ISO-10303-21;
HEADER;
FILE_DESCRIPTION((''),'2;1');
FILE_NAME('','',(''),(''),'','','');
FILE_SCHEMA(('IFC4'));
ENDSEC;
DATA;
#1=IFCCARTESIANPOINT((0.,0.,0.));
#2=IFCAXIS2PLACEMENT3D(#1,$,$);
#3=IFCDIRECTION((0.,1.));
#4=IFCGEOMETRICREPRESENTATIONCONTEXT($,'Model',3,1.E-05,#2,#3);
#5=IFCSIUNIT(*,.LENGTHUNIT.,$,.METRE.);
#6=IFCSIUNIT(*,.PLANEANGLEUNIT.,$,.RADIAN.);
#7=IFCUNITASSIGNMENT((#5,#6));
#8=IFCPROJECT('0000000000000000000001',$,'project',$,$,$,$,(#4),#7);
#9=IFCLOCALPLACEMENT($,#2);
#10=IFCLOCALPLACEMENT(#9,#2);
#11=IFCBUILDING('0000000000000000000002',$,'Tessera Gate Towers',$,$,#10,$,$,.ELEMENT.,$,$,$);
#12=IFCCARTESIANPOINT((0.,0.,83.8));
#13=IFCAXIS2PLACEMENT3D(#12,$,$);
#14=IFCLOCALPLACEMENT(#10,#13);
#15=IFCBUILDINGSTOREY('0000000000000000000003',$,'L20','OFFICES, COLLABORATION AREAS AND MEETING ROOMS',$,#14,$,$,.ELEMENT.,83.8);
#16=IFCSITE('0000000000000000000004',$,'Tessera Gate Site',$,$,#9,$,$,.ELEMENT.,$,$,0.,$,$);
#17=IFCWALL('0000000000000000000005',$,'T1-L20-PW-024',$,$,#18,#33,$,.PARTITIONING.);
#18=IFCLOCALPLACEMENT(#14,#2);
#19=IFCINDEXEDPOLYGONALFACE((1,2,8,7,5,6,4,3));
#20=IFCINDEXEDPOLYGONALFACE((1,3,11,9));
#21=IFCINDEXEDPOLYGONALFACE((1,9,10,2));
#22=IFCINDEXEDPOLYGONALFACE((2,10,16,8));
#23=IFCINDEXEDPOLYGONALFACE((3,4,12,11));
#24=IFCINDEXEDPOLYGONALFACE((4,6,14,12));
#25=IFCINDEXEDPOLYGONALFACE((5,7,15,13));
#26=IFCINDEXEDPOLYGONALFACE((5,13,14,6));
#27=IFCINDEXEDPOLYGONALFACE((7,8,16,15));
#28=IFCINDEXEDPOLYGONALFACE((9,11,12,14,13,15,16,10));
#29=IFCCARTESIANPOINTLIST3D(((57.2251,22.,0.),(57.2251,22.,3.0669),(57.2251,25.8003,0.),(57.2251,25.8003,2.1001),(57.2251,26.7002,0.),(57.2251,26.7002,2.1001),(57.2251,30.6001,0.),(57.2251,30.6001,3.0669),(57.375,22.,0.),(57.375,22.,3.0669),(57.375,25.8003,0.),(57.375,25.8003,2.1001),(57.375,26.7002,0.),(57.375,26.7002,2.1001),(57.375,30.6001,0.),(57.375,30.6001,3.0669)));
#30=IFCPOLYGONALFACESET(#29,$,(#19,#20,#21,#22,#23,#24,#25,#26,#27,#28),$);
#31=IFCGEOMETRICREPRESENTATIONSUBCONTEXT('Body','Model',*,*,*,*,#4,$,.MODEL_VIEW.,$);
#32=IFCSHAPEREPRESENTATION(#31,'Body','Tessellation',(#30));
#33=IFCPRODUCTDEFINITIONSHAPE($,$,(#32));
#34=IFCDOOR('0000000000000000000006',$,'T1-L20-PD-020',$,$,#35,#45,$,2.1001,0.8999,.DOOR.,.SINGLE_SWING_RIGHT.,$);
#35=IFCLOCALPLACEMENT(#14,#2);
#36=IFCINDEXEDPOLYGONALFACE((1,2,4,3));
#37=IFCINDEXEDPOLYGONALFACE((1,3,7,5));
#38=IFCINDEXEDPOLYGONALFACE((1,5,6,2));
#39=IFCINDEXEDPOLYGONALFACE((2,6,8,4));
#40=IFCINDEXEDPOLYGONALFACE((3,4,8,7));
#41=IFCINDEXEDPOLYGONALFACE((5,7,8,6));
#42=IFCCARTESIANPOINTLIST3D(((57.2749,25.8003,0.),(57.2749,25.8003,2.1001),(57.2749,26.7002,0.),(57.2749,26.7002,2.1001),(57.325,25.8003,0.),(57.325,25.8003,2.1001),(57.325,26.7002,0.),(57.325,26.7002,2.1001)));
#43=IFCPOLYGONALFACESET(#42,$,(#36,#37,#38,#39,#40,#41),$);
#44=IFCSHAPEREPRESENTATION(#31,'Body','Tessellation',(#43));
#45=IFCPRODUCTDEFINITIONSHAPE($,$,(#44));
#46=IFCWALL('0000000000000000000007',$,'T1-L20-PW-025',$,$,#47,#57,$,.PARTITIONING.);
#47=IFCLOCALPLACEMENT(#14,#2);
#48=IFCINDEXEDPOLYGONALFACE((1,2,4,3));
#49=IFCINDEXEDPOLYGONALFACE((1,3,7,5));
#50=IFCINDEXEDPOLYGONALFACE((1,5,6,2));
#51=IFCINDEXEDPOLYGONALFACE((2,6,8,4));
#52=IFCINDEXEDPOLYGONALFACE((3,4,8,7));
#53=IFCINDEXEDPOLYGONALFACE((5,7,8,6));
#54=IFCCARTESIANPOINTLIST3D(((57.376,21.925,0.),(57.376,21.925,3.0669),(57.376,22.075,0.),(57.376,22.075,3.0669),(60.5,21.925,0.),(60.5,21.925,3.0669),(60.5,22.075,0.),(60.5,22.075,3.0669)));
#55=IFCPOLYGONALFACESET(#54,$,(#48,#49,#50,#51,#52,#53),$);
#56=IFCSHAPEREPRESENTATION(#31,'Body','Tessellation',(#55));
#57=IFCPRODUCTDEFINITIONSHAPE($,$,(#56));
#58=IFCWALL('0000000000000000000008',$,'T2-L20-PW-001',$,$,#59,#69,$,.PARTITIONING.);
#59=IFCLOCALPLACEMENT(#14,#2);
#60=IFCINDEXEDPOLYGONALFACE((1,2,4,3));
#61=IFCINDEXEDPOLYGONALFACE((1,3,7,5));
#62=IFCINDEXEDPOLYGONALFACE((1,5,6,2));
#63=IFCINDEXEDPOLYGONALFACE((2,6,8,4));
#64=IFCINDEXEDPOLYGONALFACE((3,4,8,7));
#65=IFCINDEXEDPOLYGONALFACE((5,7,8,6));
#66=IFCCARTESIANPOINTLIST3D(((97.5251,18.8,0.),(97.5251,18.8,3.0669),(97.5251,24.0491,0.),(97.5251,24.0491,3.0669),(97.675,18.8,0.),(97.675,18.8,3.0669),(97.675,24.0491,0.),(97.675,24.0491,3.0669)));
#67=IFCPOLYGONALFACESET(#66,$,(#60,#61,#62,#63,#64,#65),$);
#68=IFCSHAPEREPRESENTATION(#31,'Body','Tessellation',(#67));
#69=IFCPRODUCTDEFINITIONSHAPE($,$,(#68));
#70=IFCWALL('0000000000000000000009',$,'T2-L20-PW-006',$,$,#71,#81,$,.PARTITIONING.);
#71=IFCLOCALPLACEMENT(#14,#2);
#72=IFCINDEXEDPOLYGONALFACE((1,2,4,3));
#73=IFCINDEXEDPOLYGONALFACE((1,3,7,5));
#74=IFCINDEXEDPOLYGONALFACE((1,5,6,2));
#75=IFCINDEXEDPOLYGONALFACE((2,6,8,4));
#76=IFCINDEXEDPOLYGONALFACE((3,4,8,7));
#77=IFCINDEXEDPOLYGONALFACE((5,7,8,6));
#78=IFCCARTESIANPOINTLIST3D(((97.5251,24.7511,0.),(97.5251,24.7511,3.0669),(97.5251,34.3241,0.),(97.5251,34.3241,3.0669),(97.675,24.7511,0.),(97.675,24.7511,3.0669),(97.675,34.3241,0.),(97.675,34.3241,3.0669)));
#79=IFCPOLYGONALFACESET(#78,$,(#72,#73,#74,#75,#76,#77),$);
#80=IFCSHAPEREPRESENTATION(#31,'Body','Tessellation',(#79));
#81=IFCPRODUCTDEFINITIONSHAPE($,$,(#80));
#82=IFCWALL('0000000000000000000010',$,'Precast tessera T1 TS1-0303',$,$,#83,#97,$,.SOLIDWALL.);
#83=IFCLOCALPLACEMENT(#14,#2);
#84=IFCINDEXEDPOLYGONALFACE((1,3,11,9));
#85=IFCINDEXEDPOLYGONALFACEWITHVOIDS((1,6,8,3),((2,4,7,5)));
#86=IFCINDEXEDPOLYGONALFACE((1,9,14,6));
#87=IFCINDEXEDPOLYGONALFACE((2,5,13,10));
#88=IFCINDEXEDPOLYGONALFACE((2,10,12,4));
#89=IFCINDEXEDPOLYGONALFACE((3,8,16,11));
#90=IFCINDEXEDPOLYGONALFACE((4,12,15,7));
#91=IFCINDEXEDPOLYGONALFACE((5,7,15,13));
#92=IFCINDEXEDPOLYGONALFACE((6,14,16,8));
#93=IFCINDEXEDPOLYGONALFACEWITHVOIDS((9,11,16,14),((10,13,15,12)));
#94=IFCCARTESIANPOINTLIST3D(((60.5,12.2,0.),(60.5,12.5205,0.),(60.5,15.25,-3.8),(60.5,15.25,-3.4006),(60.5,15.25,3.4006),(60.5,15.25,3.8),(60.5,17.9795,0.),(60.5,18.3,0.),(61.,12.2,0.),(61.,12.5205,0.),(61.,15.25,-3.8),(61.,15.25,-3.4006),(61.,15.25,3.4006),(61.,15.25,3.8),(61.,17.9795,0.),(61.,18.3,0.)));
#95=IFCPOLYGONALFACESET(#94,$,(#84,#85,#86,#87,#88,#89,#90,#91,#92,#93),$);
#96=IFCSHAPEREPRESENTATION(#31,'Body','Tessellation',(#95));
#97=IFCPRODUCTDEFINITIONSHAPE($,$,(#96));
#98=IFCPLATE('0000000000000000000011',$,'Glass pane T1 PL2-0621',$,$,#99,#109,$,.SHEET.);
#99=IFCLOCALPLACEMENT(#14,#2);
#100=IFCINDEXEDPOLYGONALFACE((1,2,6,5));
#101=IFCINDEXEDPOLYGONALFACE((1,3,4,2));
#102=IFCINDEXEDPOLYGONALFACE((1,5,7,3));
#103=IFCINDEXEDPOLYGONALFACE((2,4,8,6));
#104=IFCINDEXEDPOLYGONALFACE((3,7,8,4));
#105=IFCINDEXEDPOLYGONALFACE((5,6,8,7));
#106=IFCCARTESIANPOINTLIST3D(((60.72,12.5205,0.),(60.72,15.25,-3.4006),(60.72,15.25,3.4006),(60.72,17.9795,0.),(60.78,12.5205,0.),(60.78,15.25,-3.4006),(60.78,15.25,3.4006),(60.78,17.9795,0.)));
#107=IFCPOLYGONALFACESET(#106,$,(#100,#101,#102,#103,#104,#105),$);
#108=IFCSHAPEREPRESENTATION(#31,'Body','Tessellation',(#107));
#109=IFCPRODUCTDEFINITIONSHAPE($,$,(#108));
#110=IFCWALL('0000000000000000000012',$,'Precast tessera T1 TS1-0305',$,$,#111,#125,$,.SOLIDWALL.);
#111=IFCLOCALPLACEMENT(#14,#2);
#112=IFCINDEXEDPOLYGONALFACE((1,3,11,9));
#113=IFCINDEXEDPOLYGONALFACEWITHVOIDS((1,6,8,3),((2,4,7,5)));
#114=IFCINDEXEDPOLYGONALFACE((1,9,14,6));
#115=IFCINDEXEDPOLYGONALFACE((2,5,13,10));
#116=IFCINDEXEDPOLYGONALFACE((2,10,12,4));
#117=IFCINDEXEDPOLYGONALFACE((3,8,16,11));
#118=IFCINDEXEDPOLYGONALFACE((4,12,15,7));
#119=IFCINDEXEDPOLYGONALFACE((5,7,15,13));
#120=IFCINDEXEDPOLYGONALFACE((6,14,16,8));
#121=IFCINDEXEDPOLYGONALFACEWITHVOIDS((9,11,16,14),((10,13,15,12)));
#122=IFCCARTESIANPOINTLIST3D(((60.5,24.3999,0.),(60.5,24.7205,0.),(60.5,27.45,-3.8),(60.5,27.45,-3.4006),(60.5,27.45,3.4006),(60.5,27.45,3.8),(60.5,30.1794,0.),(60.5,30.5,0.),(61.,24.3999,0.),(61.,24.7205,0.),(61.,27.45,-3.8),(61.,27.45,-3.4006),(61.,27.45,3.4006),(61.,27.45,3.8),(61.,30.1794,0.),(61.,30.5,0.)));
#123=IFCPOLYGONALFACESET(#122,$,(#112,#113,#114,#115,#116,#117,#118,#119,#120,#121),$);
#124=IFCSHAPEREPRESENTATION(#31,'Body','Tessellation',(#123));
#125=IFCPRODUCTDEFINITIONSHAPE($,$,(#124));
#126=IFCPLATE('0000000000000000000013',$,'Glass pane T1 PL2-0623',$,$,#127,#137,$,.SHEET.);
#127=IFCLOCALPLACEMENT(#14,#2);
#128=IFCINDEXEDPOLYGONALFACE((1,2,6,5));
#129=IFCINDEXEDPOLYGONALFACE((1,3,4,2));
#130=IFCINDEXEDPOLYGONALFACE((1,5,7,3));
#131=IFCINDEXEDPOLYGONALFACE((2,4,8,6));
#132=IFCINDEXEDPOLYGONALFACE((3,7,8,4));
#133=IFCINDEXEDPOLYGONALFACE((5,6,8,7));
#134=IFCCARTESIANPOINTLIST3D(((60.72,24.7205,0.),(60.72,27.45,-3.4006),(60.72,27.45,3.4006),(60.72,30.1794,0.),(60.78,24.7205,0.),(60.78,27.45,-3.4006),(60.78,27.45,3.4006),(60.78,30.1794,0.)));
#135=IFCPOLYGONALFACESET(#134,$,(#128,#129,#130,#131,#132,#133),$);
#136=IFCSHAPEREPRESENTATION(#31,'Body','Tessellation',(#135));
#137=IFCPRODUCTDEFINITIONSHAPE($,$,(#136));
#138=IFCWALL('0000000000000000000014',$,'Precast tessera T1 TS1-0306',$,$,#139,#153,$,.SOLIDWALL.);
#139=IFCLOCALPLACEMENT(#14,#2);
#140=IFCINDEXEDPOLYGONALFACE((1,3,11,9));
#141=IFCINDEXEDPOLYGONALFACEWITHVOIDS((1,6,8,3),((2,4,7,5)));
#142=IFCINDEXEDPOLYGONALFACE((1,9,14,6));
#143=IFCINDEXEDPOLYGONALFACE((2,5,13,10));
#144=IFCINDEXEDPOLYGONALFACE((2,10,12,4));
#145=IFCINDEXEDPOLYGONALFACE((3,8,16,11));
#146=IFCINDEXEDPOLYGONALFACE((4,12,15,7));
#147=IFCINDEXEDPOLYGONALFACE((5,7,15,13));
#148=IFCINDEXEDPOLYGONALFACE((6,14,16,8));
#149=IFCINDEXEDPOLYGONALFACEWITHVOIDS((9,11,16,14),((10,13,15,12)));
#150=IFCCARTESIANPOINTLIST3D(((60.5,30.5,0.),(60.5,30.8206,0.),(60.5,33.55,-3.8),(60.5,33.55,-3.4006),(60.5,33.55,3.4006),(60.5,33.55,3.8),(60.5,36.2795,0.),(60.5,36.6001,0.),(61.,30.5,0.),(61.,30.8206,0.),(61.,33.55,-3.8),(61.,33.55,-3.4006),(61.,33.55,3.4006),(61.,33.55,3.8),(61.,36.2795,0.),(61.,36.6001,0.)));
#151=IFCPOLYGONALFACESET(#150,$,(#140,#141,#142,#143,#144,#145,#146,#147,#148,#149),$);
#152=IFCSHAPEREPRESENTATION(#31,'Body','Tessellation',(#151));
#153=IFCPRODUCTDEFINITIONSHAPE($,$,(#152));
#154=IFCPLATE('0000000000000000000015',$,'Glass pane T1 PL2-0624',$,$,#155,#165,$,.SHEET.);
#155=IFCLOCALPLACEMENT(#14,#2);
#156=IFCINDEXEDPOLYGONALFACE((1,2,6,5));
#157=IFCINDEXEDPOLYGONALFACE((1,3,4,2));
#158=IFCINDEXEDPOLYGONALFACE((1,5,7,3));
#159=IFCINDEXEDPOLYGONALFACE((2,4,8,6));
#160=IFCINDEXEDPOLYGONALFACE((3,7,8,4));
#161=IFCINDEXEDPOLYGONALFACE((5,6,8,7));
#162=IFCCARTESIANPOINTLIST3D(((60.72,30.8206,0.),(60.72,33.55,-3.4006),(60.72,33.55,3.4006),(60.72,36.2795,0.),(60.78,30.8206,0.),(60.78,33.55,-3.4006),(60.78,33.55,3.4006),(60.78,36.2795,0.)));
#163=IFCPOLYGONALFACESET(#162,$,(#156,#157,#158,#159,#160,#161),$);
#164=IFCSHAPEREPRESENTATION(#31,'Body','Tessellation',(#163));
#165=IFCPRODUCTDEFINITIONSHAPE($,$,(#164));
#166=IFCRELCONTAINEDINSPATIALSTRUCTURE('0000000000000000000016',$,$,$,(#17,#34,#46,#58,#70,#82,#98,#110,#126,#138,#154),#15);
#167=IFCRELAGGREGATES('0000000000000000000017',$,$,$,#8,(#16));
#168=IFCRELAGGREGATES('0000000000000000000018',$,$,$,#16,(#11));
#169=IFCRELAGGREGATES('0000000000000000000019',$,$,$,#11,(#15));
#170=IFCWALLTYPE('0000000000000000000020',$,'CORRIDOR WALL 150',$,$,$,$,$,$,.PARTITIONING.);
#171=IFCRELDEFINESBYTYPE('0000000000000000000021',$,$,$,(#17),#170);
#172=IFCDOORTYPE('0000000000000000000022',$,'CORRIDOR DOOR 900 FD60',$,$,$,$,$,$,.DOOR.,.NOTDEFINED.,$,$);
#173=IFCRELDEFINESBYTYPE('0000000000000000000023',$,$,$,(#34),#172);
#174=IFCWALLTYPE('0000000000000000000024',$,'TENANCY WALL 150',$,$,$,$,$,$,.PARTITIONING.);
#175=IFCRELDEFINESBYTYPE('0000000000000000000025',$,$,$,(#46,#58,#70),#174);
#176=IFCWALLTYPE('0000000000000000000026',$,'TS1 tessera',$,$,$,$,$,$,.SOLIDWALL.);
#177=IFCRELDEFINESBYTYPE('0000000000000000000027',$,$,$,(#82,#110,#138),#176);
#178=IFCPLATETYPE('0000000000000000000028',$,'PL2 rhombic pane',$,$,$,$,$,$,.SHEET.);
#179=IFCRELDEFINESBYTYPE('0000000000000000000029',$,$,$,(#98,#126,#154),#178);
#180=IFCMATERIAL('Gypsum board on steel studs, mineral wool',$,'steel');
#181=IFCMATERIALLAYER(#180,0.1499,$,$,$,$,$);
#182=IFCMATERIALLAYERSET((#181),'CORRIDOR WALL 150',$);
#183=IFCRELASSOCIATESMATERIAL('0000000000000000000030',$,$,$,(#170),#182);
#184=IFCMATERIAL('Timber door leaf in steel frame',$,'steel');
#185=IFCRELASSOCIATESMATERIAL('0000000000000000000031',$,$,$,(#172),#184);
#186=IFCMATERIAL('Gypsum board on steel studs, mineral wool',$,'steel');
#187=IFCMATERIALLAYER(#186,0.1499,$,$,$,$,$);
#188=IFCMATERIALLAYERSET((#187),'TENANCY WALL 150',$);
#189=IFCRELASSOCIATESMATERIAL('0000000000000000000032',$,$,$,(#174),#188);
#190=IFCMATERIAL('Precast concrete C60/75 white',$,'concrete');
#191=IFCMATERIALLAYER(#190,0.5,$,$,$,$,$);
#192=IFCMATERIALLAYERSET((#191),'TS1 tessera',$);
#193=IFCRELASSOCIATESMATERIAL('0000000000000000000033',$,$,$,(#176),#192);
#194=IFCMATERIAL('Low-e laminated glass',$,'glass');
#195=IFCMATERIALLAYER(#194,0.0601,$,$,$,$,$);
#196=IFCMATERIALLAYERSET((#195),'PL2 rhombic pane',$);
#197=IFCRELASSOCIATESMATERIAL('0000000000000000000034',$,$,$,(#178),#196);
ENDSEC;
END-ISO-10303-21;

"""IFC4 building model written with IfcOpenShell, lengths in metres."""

from ifc_helpers import new_model, si_unit, direction, frame, frame_2d, origin, place, context, subcontext, project, spatial, polyline, rectangle, outline, extrude, source, transform, mapped, material, layer, layer_set, type_object, element, fill, save


model = new_model("IFC4")

# Units and contexts
model_context = context("Model", 3, precision=1e-05, world=origin(), true_north=direction((0.0, 1.0)))
body_context = subcontext(model_context, "Body", "Model", "MODEL_VIEW")
ifc_project = project(units=[si_unit("LENGTHUNIT", "METRE"), si_unit("PLANEANGLEUNIT", "RADIAN")], contexts=[model_context])

# Site, building, storey
site_placement = place(None, origin())
site = spatial("IfcSite", under=ifc_project, at=site_placement, Name="Tessera Gate Site", CompositionType="ELEMENT", RefElevation=0.0)
building_placement = place(site_placement, origin())
building = spatial("IfcBuilding", under=site, at=building_placement, Name="Tessera Gate Towers", CompositionType="ELEMENT")
storey_placement = place(building_placement, frame((0.0, 0.0, 83.8)))
storey = spatial("IfcBuildingStorey", under=building, at=storey_placement, Name="L20", Description="OFFICES, COLLABORATION AREAS AND MEETING ROOMS", CompositionType="ELEMENT", Elevation=83.8)

# Shared definitions
ifc_material_1 = material(Name="Gypsum board on steel studs, mineral wool", Category="steel")
ifc_layer_1 = layer(ifc_material_1, 0.1499)
ifc_layer_set_1 = layer_set([ifc_layer_1], Name="CORRIDOR WALL 150")
wall_type_1 = type_object("IfcWallType", Name="CORRIDOR WALL 150", PredefinedType="PARTITIONING", material=ifc_layer_set_1)

# Wall, opening, door
wall_1_placement = place(storey_placement, frame((57.3, 30.6001, 0.0), z_axis=(0.0, 0.0, 1.0), x_axis=(0.0, -1.0, 0.0)))
wall_1 = element("IfcWall", 1, at=wall_1_placement, inside=storey, type_object=wall_type_1, Name="T1-L20-PW-024", PredefinedType="PARTITIONING", context=body_context, shape_type="SweptSolid", body=[
    extrude(rectangle(XDim=8.6001, YDim=0.1499, at=frame_2d((4.3, 0.0))), origin(), (0.0, 0.0, 1.0), 3.0669),
])
shared_shape_1 = source(origin(), body_context, "Body", "SweptSolid", [
    extrude(rectangle(XDim=0.8999, YDim=2.1001, at=frame_2d((0.45, 1.05))), frame((0.0, 0.085, 0.0), z_axis=(0.0, -1.0, 0.0), x_axis=(1.0, 0.0, 0.0)), (0.0, 0.0, 1.0), 0.1699),
])
opening_1_placement = place(wall_1_placement, frame((3.8999, 0.0, 0.0)))
opening_1 = element("IfcOpeningElement", 2, at=opening_1_placement, cuts=wall_1, PredefinedType="OPENING", context=body_context, shape_type="MappedRepresentation", body=[
    mapped(shared_shape_1, transform((0.0, 0.0, 0.0), scale=1.0)),
])
ifc_material_2 = material(Name="Timber door leaf in steel frame", Category="steel")
door_type_1 = type_object("IfcDoorType", Name="CORRIDOR DOOR 900 FD60", OperationType="NOTDEFINED", PredefinedType="DOOR", material=ifc_material_2)
shared_shape_2 = source(origin(), body_context, "Body", "SweptSolid", [
    extrude(rectangle(XDim=0.8999, YDim=2.1001, at=frame_2d((0.45, 1.05))), frame((0.0, 0.0249, 0.0), z_axis=(0.0, -1.0, 0.0), x_axis=(1.0, 0.0, 0.0)), (0.0, 0.0, 1.0), 0.05),
])
door_1_placement = place(opening_1_placement, origin())
door_1 = element("IfcDoor", 3, at=door_1_placement, inside=storey, type_object=door_type_1, Name="T1-L20-PD-020", OperationType="SINGLE_SWING_RIGHT", OverallHeight=2.1001, OverallWidth=0.8999, PredefinedType="DOOR", context=body_context, shape_type="MappedRepresentation", body=[
    mapped(shared_shape_2, transform((0.0, 0.0, 0.0), scale=1.0)),
])
fill(opening_1, door_1)

# Walls
ifc_material_3 = material(Name="Gypsum board on steel studs, mineral wool", Category="steel")
ifc_layer_2 = layer(ifc_material_3, 0.1499)
ifc_layer_set_2 = layer_set([ifc_layer_2], Name="TENANCY WALL 150")
wall_type_2 = type_object("IfcWallType", Name="TENANCY WALL 150", PredefinedType="PARTITIONING", material=ifc_layer_set_2)
wall_2_placement = place(storey_placement, frame((57.376, 22.0, 0.0), z_axis=(0.0, 0.0, 1.0), x_axis=(1.0, 0.0, 0.0)))
element("IfcWall", 4, at=wall_2_placement, inside=storey, type_object=wall_type_2, Name="T1-L20-PW-025", PredefinedType="PARTITIONING", context=body_context, shape_type="SweptSolid", body=[
    extrude(rectangle(XDim=3.124, YDim=0.1499, at=frame_2d((1.562, 0.0))), origin(), (0.0, 0.0, 1.0), 3.0669),
])
wall_3_placement = place(storey_placement, frame((97.6001, 18.8, 0.0), z_axis=(0.0, 0.0, 1.0), x_axis=(0.0, 1.0, 0.0)))
element("IfcWall", 5, at=wall_3_placement, inside=storey, type_object=wall_type_2, Name="T2-L20-PW-001", PredefinedType="PARTITIONING", context=body_context, shape_type="SweptSolid", body=[
    extrude(rectangle(XDim=5.249, YDim=0.1499, at=frame_2d((2.6245, 0.0))), origin(), (0.0, 0.0, 1.0), 3.0669),
])
wall_4_placement = place(storey_placement, frame((97.6001, 24.751, 0.0), z_axis=(0.0, 0.0, 1.0), x_axis=(0.0, 1.0, 0.0)))
element("IfcWall", 6, at=wall_4_placement, inside=storey, type_object=wall_type_2, Name="T2-L20-PW-006", PredefinedType="PARTITIONING", context=body_context, shape_type="SweptSolid", body=[
    extrude(rectangle(XDim=9.573, YDim=0.1499, at=frame_2d((4.7866, 0.0))), origin(), (0.0, 0.0, 1.0), 3.0669),
])

# Walls, openings, plates
ifc_material_4 = material(Name="Precast concrete C60/75 white", Category="concrete")
ifc_layer_3 = layer(ifc_material_4, 0.5)
ifc_layer_set_3 = layer_set([ifc_layer_3], Name="TS1 tessera")
wall_type_3 = type_object("IfcWallType", Name="TS1 tessera", PredefinedType="SOLIDWALL", material=ifc_layer_set_3)
shared_shape_3 = source(origin(), body_context, "Body", "SweptSolid", [
    extrude(outline(polyline([(3.05, 0.0), (6.1001, 3.8), (3.05, 7.6001), (0.0, 3.8), (3.05, 0.0)])), frame((0.0, 0.25, 0.0), z_axis=(0.0, -1.0, 0.0), x_axis=(1.0, 0.0, 0.0)), (0.0, 0.0, 1.0), 0.5),
])
wall_5_placement = place(storey_placement, frame((60.75, 12.2, -3.8), z_axis=(0.0, 0.0, 1.0), x_axis=(0.0, 1.0, 0.0)))
wall_5 = element("IfcWall", 7, at=wall_5_placement, inside=storey, type_object=wall_type_3, Name="Precast tessera T1 TS1-0303", PredefinedType="SOLIDWALL", context=body_context, shape_type="MappedRepresentation", body=[
    mapped(shared_shape_3, transform((0.0, 0.0, 0.0), scale=1.0)),
])
shared_shape_4 = source(origin(), body_context, "Body", "SweptSolid", [
    extrude(outline(polyline([(3.05, 0.3994), (5.7795, 3.8), (3.05, 7.2007), (0.3206, 3.8), (3.05, 0.3994)])), frame((0.0, 0.26, 0.0), z_axis=(0.0, -1.0, 0.0), x_axis=(1.0, 0.0, 0.0)), (0.0, 0.0, 1.0), 0.52),
])
opening_2_placement = place(wall_5_placement, origin())
opening_2 = element("IfcOpeningElement", 8, at=opening_2_placement, cuts=wall_5, PredefinedType="OPENING", context=body_context, shape_type="MappedRepresentation", body=[
    mapped(shared_shape_4, transform((0.0, 0.0, 0.0), scale=1.0)),
])
ifc_material_5 = material(Name="Low-e laminated glass", Category="glass")
ifc_layer_4 = layer(ifc_material_5, 0.0601)
ifc_layer_set_4 = layer_set([ifc_layer_4], Name="PL2 rhombic pane")
plate_type = type_object("IfcPlateType", Name="PL2 rhombic pane", PredefinedType="SHEET", material=ifc_layer_set_4)
shared_shape_5 = source(origin(), body_context, "Body", "SweptSolid", [
    extrude(outline(polyline([(3.05, 0.3994), (5.7795, 3.8), (3.05, 7.2007), (0.3206, 3.8), (3.05, 0.3994)])), frame((0.0, 0.03, 0.0), z_axis=(0.0, -1.0, 0.0), x_axis=(1.0, 0.0, 0.0)), (0.0, 0.0, 1.0), 0.0601),
])
plate_1_placement = place(opening_2_placement, origin())
plate_1 = element("IfcPlate", 9, at=plate_1_placement, inside=storey, type_object=plate_type, Name="Glass pane T1 PL2-0621", PredefinedType="SHEET", context=body_context, shape_type="MappedRepresentation", body=[
    mapped(shared_shape_5, transform((0.0, 0.0, 0.0), scale=1.0)),
])
fill(opening_2, plate_1)
wall_6_placement = place(storey_placement, frame((60.75, 24.3999, -3.8), z_axis=(0.0, 0.0, 1.0), x_axis=(0.0, 1.0, 0.0)))
wall_6 = element("IfcWall", 10, at=wall_6_placement, inside=storey, type_object=wall_type_3, Name="Precast tessera T1 TS1-0305", PredefinedType="SOLIDWALL", context=body_context, shape_type="MappedRepresentation", body=[
    mapped(shared_shape_3, transform((0.0, 0.0, 0.0), scale=1.0)),
])
opening_3_placement = place(wall_6_placement, origin())
opening_3 = element("IfcOpeningElement", 11, at=opening_3_placement, cuts=wall_6, PredefinedType="OPENING", context=body_context, shape_type="MappedRepresentation", body=[
    mapped(shared_shape_4, transform((0.0, 0.0, 0.0), scale=1.0)),
])
plate_2_placement = place(opening_3_placement, origin())
plate_2 = element("IfcPlate", 12, at=plate_2_placement, inside=storey, type_object=plate_type, Name="Glass pane T1 PL2-0623", PredefinedType="SHEET", context=body_context, shape_type="MappedRepresentation", body=[
    mapped(shared_shape_5, transform((0.0, 0.0, 0.0), scale=1.0)),
])
fill(opening_3, plate_2)
wall_7_placement = place(storey_placement, frame((60.75, 30.5, -3.8), z_axis=(0.0, 0.0, 1.0), x_axis=(0.0, 1.0, 0.0)))
wall_7 = element("IfcWall", 13, at=wall_7_placement, inside=storey, type_object=wall_type_3, Name="Precast tessera T1 TS1-0306", PredefinedType="SOLIDWALL", context=body_context, shape_type="MappedRepresentation", body=[
    mapped(shared_shape_3, transform((0.0, 0.0, 0.0), scale=1.0)),
])
opening_4_placement = place(wall_7_placement, origin())
opening_4 = element("IfcOpeningElement", 14, at=opening_4_placement, cuts=wall_7, PredefinedType="OPENING", context=body_context, shape_type="MappedRepresentation", body=[
    mapped(shared_shape_4, transform((0.0, 0.0, 0.0), scale=1.0)),
])
plate_3_placement = place(opening_4_placement, origin())
plate_3 = element("IfcPlate", 15, at=plate_3_placement, inside=storey, type_object=plate_type, Name="Glass pane T1 PL2-0624", PredefinedType="SHEET", context=body_context, shape_type="MappedRepresentation", body=[
    mapped(shared_shape_5, transform((0.0, 0.0, 0.0), scale=1.0)),
])
fill(opening_4, plate_3)

save(model, "model.ifc")
